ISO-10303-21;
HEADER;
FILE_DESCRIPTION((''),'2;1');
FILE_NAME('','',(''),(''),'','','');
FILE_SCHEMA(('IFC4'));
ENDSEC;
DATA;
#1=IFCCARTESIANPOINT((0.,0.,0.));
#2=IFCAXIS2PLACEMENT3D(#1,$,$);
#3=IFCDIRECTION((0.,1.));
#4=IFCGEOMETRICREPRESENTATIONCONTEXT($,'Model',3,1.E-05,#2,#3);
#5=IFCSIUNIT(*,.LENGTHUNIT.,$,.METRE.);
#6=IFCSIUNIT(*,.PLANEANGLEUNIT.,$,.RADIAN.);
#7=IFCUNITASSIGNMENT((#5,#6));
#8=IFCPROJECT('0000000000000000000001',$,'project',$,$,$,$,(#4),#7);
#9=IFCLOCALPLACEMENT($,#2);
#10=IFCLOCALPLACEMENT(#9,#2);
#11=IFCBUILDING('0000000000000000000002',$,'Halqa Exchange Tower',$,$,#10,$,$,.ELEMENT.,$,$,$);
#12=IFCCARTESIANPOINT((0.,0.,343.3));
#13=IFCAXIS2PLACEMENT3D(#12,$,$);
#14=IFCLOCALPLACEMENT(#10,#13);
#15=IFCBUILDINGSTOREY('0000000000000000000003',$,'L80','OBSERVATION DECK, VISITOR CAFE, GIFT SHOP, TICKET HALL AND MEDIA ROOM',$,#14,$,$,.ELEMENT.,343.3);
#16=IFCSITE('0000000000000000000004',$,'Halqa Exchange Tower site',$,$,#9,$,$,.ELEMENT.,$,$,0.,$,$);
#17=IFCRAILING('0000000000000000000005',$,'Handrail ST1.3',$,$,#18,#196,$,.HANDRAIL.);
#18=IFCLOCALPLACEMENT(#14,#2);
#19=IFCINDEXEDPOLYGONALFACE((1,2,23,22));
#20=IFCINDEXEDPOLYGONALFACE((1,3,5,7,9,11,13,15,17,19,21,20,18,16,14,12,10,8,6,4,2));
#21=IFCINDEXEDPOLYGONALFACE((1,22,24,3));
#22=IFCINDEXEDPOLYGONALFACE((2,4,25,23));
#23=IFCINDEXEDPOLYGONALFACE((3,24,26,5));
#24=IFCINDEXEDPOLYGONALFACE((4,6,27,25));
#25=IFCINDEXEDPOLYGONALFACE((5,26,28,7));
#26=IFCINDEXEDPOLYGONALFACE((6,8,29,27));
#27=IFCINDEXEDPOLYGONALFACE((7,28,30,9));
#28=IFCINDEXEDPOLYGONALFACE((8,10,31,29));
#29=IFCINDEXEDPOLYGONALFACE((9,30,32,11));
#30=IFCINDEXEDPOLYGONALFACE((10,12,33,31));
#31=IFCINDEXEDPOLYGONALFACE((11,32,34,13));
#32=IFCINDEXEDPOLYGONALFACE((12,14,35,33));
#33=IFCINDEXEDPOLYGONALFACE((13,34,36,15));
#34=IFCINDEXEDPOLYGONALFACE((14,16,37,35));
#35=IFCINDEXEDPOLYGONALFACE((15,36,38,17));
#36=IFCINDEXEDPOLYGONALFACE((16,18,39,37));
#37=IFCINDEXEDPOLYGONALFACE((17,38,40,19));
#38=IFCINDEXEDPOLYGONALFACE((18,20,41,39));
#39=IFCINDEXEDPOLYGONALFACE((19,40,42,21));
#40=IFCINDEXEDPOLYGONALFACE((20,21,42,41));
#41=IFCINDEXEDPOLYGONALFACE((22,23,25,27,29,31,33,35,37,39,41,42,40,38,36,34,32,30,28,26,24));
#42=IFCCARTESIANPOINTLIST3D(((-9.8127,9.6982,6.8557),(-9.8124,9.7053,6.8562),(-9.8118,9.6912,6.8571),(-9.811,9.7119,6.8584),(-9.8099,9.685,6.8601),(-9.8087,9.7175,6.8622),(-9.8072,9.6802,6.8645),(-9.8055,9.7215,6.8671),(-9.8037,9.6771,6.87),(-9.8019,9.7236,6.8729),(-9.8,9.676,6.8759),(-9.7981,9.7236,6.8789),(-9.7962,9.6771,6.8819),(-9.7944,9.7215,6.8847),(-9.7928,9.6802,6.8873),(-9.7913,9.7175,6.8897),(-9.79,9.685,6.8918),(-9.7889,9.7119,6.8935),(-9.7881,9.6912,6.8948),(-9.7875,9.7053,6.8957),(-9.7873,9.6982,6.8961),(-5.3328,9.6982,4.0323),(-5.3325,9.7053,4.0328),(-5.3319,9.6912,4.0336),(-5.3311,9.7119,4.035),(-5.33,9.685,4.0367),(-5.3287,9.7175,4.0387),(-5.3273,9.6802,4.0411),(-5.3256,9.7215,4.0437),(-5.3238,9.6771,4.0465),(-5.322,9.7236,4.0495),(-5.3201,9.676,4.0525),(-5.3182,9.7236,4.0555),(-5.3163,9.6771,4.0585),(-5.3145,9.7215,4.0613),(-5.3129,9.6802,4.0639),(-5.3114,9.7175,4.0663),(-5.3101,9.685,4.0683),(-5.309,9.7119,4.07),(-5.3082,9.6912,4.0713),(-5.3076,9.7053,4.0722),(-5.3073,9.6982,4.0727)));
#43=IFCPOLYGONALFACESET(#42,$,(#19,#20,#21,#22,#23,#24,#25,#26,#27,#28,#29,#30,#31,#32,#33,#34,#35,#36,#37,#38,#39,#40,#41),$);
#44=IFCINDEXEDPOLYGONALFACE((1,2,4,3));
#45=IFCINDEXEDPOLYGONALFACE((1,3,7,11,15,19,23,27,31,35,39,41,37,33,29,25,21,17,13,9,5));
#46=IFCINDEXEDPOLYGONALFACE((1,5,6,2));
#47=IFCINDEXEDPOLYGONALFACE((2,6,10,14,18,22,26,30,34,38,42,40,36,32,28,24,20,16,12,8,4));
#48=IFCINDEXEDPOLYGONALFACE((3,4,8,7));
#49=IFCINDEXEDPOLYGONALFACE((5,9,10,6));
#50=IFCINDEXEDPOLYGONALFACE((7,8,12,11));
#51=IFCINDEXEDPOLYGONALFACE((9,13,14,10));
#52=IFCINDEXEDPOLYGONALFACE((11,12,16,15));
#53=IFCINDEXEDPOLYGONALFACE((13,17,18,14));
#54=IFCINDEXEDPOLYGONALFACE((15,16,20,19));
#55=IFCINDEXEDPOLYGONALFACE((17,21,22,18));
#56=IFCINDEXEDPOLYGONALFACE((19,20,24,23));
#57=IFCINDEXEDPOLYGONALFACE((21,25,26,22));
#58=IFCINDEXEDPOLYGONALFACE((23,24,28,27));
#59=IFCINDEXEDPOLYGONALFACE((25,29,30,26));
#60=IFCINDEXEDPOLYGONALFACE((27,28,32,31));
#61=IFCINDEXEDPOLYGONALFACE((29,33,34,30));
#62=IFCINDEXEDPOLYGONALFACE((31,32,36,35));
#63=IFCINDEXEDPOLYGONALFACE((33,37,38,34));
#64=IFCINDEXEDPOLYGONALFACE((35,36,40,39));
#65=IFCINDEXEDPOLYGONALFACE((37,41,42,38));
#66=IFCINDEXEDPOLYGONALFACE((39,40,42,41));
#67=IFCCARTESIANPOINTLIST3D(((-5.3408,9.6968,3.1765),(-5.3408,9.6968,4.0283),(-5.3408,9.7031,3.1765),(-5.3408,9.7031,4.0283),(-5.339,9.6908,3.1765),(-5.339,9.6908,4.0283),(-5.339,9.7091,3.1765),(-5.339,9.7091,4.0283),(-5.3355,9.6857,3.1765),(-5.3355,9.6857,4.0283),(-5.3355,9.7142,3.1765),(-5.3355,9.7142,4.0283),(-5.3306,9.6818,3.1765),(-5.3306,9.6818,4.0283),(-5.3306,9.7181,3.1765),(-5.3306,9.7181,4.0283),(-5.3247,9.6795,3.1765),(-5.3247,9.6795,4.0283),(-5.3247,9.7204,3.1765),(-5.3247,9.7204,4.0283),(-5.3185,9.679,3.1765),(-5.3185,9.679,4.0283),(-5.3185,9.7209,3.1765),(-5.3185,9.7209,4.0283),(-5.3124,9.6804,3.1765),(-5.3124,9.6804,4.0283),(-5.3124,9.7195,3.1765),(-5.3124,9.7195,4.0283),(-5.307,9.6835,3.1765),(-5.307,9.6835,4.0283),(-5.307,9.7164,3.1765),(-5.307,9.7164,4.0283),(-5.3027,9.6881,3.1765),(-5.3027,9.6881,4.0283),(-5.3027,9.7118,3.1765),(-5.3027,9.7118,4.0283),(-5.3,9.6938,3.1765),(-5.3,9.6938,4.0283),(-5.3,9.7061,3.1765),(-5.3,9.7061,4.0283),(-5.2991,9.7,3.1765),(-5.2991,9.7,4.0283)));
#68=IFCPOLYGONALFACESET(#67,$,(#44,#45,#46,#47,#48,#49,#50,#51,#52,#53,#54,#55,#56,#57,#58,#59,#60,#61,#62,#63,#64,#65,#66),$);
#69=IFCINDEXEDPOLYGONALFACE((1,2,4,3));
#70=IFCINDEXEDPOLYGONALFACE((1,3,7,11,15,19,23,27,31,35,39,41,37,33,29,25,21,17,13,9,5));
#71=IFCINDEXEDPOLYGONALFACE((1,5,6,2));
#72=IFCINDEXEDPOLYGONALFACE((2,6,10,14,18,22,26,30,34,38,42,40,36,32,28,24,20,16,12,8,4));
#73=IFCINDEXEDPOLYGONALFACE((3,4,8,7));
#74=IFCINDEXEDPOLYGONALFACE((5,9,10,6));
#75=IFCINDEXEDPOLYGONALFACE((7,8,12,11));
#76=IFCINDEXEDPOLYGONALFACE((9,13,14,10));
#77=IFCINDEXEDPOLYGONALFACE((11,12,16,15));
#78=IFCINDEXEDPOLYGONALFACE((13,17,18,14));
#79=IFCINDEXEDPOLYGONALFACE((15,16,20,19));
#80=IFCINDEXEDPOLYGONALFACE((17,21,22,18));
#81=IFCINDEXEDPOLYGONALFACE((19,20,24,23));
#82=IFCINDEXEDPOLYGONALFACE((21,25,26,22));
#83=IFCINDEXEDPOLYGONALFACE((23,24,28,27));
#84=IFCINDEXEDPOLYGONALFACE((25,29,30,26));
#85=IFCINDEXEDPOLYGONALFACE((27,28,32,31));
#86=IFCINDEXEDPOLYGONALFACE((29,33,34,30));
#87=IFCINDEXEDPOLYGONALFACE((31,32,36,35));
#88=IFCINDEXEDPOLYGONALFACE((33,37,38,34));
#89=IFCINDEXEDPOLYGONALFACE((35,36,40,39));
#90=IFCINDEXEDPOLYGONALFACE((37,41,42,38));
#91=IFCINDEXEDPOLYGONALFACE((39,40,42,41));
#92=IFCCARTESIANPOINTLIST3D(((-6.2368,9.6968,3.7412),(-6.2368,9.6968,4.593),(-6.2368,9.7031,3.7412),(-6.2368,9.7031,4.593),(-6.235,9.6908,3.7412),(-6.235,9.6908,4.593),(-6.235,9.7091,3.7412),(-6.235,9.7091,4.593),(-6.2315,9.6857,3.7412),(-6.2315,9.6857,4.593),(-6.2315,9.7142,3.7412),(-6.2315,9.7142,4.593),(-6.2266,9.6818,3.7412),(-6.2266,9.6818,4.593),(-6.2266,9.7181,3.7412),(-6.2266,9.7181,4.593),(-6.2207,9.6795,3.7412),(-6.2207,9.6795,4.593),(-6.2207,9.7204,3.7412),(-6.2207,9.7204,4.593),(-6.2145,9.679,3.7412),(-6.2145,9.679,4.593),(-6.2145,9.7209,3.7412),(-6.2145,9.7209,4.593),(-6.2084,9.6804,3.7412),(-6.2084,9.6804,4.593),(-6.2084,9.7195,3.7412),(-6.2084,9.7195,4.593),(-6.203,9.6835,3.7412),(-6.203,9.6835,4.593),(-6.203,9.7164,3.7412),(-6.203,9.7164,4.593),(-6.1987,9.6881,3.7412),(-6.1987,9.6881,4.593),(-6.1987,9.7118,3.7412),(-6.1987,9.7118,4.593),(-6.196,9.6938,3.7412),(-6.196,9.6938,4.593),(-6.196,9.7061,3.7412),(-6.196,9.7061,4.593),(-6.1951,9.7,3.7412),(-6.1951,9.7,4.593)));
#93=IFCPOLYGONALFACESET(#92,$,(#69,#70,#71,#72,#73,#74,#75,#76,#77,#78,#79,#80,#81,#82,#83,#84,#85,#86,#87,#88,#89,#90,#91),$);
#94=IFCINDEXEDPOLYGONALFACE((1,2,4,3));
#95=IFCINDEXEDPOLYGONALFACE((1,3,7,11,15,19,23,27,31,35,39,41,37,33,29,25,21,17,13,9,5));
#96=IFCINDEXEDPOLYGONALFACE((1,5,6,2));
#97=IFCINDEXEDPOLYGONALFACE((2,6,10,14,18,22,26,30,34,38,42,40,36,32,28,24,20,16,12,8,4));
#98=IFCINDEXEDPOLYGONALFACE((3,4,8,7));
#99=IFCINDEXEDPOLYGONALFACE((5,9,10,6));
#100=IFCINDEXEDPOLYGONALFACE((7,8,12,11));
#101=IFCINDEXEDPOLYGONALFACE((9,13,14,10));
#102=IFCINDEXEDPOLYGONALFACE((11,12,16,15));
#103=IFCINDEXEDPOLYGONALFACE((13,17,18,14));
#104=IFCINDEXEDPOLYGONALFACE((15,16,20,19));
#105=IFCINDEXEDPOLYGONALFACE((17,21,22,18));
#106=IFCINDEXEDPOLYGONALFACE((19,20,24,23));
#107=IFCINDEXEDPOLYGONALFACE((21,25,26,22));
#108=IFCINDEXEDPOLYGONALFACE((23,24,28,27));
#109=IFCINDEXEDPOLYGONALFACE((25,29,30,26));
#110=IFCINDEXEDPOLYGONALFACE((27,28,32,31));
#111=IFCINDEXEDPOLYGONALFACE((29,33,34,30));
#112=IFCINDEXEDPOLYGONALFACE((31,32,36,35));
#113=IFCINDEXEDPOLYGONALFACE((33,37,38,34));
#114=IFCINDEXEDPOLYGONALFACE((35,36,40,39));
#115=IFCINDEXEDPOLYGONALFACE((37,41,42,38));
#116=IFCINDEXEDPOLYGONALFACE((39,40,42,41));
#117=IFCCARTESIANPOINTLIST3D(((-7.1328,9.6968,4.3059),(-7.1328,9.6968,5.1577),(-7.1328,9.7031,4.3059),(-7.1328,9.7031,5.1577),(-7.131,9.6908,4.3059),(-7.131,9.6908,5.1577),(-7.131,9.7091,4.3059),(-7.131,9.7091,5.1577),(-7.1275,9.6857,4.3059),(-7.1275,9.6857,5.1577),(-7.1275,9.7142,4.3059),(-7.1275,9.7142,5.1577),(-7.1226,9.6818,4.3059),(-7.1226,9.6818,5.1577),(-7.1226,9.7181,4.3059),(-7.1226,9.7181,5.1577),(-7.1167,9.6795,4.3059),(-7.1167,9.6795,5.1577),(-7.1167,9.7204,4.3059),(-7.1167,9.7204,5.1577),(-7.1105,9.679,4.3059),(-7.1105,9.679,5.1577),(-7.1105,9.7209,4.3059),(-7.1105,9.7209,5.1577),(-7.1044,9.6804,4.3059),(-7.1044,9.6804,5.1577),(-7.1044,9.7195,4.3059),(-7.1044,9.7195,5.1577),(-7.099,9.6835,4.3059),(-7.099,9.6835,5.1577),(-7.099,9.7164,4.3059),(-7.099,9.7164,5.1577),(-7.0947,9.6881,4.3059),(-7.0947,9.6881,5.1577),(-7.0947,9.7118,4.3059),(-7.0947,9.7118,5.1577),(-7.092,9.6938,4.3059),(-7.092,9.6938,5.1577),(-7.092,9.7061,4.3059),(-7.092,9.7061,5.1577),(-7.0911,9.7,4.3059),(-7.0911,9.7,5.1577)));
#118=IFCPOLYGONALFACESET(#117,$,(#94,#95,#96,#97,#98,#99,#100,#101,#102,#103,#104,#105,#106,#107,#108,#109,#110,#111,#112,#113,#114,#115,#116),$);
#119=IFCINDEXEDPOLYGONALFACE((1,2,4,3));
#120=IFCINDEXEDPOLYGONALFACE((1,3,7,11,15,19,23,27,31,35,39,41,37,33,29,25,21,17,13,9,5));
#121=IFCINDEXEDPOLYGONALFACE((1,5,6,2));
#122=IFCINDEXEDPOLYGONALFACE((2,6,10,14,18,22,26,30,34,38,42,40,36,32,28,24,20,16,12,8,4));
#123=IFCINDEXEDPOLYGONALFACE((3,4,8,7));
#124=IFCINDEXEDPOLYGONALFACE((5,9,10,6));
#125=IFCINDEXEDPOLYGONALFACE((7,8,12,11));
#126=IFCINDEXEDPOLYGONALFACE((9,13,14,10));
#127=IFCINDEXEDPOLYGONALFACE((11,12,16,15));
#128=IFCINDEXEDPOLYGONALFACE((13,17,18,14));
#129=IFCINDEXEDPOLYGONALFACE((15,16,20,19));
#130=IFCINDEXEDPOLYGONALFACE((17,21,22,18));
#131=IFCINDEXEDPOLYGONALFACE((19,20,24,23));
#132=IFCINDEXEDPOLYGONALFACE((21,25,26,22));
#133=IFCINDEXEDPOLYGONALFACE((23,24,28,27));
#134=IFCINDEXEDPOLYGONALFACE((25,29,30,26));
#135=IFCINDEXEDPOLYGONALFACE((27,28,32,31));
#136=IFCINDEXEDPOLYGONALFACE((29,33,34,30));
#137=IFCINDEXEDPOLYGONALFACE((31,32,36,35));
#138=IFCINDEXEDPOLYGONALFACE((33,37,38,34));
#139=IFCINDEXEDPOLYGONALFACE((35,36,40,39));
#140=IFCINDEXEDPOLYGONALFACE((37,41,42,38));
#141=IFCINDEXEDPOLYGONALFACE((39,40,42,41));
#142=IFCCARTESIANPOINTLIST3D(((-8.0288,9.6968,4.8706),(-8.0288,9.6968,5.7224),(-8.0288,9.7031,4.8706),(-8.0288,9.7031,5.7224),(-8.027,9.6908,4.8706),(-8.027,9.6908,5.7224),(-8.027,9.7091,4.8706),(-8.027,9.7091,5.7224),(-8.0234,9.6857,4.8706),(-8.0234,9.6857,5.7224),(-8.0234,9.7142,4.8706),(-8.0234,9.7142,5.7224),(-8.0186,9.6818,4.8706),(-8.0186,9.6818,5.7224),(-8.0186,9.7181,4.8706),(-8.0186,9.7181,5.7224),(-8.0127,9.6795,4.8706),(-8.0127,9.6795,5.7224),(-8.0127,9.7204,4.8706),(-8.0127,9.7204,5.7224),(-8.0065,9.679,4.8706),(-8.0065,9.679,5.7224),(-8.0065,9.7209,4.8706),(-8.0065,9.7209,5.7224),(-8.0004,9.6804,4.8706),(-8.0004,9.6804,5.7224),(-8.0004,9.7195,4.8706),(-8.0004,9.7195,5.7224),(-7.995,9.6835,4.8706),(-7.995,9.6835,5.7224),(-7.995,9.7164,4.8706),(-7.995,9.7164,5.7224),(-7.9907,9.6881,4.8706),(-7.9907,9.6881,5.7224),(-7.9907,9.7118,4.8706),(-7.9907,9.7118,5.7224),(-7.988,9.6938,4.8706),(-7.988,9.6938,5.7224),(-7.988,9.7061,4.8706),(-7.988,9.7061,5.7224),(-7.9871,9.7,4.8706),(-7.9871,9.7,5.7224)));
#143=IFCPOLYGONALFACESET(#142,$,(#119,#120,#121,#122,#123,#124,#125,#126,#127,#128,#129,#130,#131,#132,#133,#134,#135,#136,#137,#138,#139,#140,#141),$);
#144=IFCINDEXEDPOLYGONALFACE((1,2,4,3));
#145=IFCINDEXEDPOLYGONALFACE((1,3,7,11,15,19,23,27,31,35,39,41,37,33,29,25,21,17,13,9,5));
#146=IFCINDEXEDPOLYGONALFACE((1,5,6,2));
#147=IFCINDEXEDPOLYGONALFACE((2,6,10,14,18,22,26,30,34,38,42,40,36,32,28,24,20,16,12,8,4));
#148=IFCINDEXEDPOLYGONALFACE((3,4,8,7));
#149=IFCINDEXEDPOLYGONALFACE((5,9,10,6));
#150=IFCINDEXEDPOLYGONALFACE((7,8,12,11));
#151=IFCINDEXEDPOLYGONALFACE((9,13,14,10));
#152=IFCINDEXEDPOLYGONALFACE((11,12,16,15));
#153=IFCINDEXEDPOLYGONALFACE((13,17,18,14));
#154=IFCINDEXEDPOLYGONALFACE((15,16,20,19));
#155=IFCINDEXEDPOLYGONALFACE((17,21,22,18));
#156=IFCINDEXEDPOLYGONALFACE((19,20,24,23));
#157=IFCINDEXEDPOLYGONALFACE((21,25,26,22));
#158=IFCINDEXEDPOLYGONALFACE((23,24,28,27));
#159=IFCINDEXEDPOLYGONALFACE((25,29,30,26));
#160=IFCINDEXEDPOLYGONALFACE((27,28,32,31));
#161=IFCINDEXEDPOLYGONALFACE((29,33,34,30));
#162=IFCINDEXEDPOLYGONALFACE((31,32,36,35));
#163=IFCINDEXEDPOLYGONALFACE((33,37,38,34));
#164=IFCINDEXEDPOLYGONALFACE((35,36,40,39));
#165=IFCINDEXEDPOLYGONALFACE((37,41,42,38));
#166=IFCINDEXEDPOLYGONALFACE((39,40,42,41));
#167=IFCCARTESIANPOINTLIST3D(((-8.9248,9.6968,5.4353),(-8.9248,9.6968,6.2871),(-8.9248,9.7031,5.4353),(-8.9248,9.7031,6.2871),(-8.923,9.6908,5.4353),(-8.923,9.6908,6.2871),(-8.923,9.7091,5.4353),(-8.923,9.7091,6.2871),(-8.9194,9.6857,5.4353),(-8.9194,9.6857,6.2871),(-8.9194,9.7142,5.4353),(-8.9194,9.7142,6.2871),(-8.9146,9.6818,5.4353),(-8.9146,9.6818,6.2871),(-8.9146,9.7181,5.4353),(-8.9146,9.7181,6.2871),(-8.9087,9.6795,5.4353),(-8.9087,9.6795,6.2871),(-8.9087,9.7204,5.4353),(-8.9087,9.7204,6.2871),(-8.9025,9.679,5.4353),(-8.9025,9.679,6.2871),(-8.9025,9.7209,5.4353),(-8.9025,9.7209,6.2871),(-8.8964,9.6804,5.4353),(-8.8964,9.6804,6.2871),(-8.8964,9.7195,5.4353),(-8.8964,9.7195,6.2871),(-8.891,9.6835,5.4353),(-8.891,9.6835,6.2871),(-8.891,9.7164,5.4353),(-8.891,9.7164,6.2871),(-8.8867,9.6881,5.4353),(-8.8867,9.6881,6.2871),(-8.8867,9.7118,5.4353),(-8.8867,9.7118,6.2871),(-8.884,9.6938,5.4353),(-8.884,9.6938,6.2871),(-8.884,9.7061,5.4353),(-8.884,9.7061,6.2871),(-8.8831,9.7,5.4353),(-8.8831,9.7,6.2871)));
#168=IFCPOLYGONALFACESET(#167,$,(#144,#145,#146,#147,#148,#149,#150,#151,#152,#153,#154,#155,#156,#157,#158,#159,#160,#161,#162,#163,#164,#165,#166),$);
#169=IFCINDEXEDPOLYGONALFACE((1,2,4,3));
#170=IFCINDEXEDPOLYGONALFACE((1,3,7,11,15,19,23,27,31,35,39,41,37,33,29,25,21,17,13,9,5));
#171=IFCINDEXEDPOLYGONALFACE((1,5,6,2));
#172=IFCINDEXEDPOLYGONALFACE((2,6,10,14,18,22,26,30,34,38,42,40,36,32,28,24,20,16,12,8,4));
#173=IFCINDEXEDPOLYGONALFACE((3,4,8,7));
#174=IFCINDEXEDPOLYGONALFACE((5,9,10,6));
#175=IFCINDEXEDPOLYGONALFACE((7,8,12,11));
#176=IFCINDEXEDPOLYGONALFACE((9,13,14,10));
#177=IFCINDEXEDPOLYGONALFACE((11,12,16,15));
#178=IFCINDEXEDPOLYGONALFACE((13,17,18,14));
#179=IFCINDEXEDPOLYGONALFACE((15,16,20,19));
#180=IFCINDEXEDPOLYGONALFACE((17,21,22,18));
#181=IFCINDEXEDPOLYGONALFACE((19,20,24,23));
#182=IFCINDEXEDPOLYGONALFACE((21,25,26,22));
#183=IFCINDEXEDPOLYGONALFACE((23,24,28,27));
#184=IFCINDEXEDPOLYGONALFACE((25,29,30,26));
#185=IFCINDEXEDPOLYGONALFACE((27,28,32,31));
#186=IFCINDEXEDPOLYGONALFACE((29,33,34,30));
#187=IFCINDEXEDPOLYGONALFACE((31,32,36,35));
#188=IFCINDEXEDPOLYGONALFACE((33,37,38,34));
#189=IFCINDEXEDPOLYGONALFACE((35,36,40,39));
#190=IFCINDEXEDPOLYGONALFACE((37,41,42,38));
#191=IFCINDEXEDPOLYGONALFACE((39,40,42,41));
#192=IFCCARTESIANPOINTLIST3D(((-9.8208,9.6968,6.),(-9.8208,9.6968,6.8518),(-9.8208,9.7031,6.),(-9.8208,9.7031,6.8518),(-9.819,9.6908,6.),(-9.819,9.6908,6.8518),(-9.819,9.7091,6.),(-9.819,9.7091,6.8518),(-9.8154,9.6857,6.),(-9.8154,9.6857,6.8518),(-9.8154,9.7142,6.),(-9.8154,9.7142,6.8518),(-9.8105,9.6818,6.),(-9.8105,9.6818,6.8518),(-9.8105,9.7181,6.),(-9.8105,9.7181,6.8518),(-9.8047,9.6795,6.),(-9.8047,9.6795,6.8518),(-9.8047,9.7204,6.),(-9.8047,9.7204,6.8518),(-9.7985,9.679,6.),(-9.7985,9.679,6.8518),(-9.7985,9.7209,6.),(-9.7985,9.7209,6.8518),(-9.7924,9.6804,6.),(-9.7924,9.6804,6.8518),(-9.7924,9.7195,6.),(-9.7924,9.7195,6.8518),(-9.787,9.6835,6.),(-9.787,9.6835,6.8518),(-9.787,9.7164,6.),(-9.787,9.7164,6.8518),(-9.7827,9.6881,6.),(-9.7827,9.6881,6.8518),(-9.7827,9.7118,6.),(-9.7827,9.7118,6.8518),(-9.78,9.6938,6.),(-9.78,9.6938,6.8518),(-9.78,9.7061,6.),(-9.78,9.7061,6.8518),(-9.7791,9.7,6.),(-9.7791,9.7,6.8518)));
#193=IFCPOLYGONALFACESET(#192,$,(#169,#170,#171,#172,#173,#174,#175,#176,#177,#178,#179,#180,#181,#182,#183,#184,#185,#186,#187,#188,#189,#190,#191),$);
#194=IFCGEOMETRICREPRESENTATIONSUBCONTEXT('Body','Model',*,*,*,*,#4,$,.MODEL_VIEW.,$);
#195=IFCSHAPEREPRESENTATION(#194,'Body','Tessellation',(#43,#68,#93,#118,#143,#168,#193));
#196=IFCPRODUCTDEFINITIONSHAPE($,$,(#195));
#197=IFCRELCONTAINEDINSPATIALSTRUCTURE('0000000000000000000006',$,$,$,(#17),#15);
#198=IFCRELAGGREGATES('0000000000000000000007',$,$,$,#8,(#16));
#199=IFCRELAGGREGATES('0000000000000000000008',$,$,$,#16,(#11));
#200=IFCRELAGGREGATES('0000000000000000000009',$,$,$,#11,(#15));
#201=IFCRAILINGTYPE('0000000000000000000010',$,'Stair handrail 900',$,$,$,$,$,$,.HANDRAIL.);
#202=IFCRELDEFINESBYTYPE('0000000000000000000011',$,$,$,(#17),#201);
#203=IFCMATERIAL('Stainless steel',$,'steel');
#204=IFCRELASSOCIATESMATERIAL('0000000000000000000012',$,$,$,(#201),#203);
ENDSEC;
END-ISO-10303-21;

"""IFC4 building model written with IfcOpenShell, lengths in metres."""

from ifc_helpers import new_model, si_unit, direction, frame, origin, origin_2d, place, context, subcontext, project, spatial, circle, extrude, material, type_object, element, save


model = new_model("IFC4")

# Units and contexts
model_context = context("Model", 3, precision=1e-05, world=origin(), true_north=direction((0.0, 1.0)))
body_context = subcontext(model_context, "Body", "Model", "MODEL_VIEW")
ifc_project = project(units=[si_unit("LENGTHUNIT", "METRE"), si_unit("PLANEANGLEUNIT", "RADIAN")], contexts=[model_context])

# Site, building, storey
site_placement = place(None, origin())
site = spatial("IfcSite", under=ifc_project, at=site_placement, Name="Halqa Exchange Tower site", CompositionType="ELEMENT", RefElevation=0.0)
building_placement = place(site_placement, origin())
building = spatial("IfcBuilding", under=site, at=building_placement, Name="Halqa Exchange Tower", CompositionType="ELEMENT")
storey_placement = place(building_placement, frame((0.0, 0.0, 343.3)))
storey = spatial("IfcBuildingStorey", under=building, at=storey_placement, Name="L80", Description="OBSERVATION DECK, VISITOR CAFE, GIFT SHOP, TICKET HALL AND MEDIA ROOM", CompositionType="ELEMENT", Elevation=343.3)

# Railing
ifc_material_1 = material(Name="Stainless steel", Category="steel")
railing_type = type_object("IfcRailingType", Name="Stair handrail 900", PredefinedType="HANDRAIL", material=ifc_material_1)
railing_placement = place(storey_placement, frame((-5.3201, 9.7, 3.1765)))
element("IfcRailing", 1, at=railing_placement, inside=storey, type_object=railing_type, Name="Handrail ST1.3", PredefinedType="HANDRAIL", context=body_context, shape_type="SweptSolid", body=[
    extrude(circle(Radius=0.0239, at=origin_2d()), frame((0.0, 0.0, 0.876), z_axis=(-0.845998, 0.0, 0.533186), x_axis=(0.0, -1.0, 0.0)), (0.0, 0.0, 1.0), 5.2954),
    extrude(circle(Radius=0.021, at=origin_2d()), origin(), (0.0, 0.0, 1.0), 0.8518),
    extrude(circle(Radius=0.021, at=origin_2d()), frame((-0.896, 0.0, 0.5647)), (0.0, 0.0, 1.0), 0.8518),
    extrude(circle(Radius=0.021, at=origin_2d()), frame((-1.792, 0.0, 1.1294)), (0.0, 0.0, 1.0), 0.8518),
    extrude(circle(Radius=0.021, at=origin_2d()), frame((-2.688, 0.0, 1.6941)), (0.0, 0.0, 1.0), 0.8518),
    extrude(circle(Radius=0.021, at=origin_2d()), frame((-3.584, 0.0, 2.2588)), (0.0, 0.0, 1.0), 0.8518),
    extrude(circle(Radius=0.021, at=origin_2d()), frame((-4.48, 0.0, 2.8235)), (0.0, 0.0, 1.0), 0.8518),
])

save(model, "model.ifc")
